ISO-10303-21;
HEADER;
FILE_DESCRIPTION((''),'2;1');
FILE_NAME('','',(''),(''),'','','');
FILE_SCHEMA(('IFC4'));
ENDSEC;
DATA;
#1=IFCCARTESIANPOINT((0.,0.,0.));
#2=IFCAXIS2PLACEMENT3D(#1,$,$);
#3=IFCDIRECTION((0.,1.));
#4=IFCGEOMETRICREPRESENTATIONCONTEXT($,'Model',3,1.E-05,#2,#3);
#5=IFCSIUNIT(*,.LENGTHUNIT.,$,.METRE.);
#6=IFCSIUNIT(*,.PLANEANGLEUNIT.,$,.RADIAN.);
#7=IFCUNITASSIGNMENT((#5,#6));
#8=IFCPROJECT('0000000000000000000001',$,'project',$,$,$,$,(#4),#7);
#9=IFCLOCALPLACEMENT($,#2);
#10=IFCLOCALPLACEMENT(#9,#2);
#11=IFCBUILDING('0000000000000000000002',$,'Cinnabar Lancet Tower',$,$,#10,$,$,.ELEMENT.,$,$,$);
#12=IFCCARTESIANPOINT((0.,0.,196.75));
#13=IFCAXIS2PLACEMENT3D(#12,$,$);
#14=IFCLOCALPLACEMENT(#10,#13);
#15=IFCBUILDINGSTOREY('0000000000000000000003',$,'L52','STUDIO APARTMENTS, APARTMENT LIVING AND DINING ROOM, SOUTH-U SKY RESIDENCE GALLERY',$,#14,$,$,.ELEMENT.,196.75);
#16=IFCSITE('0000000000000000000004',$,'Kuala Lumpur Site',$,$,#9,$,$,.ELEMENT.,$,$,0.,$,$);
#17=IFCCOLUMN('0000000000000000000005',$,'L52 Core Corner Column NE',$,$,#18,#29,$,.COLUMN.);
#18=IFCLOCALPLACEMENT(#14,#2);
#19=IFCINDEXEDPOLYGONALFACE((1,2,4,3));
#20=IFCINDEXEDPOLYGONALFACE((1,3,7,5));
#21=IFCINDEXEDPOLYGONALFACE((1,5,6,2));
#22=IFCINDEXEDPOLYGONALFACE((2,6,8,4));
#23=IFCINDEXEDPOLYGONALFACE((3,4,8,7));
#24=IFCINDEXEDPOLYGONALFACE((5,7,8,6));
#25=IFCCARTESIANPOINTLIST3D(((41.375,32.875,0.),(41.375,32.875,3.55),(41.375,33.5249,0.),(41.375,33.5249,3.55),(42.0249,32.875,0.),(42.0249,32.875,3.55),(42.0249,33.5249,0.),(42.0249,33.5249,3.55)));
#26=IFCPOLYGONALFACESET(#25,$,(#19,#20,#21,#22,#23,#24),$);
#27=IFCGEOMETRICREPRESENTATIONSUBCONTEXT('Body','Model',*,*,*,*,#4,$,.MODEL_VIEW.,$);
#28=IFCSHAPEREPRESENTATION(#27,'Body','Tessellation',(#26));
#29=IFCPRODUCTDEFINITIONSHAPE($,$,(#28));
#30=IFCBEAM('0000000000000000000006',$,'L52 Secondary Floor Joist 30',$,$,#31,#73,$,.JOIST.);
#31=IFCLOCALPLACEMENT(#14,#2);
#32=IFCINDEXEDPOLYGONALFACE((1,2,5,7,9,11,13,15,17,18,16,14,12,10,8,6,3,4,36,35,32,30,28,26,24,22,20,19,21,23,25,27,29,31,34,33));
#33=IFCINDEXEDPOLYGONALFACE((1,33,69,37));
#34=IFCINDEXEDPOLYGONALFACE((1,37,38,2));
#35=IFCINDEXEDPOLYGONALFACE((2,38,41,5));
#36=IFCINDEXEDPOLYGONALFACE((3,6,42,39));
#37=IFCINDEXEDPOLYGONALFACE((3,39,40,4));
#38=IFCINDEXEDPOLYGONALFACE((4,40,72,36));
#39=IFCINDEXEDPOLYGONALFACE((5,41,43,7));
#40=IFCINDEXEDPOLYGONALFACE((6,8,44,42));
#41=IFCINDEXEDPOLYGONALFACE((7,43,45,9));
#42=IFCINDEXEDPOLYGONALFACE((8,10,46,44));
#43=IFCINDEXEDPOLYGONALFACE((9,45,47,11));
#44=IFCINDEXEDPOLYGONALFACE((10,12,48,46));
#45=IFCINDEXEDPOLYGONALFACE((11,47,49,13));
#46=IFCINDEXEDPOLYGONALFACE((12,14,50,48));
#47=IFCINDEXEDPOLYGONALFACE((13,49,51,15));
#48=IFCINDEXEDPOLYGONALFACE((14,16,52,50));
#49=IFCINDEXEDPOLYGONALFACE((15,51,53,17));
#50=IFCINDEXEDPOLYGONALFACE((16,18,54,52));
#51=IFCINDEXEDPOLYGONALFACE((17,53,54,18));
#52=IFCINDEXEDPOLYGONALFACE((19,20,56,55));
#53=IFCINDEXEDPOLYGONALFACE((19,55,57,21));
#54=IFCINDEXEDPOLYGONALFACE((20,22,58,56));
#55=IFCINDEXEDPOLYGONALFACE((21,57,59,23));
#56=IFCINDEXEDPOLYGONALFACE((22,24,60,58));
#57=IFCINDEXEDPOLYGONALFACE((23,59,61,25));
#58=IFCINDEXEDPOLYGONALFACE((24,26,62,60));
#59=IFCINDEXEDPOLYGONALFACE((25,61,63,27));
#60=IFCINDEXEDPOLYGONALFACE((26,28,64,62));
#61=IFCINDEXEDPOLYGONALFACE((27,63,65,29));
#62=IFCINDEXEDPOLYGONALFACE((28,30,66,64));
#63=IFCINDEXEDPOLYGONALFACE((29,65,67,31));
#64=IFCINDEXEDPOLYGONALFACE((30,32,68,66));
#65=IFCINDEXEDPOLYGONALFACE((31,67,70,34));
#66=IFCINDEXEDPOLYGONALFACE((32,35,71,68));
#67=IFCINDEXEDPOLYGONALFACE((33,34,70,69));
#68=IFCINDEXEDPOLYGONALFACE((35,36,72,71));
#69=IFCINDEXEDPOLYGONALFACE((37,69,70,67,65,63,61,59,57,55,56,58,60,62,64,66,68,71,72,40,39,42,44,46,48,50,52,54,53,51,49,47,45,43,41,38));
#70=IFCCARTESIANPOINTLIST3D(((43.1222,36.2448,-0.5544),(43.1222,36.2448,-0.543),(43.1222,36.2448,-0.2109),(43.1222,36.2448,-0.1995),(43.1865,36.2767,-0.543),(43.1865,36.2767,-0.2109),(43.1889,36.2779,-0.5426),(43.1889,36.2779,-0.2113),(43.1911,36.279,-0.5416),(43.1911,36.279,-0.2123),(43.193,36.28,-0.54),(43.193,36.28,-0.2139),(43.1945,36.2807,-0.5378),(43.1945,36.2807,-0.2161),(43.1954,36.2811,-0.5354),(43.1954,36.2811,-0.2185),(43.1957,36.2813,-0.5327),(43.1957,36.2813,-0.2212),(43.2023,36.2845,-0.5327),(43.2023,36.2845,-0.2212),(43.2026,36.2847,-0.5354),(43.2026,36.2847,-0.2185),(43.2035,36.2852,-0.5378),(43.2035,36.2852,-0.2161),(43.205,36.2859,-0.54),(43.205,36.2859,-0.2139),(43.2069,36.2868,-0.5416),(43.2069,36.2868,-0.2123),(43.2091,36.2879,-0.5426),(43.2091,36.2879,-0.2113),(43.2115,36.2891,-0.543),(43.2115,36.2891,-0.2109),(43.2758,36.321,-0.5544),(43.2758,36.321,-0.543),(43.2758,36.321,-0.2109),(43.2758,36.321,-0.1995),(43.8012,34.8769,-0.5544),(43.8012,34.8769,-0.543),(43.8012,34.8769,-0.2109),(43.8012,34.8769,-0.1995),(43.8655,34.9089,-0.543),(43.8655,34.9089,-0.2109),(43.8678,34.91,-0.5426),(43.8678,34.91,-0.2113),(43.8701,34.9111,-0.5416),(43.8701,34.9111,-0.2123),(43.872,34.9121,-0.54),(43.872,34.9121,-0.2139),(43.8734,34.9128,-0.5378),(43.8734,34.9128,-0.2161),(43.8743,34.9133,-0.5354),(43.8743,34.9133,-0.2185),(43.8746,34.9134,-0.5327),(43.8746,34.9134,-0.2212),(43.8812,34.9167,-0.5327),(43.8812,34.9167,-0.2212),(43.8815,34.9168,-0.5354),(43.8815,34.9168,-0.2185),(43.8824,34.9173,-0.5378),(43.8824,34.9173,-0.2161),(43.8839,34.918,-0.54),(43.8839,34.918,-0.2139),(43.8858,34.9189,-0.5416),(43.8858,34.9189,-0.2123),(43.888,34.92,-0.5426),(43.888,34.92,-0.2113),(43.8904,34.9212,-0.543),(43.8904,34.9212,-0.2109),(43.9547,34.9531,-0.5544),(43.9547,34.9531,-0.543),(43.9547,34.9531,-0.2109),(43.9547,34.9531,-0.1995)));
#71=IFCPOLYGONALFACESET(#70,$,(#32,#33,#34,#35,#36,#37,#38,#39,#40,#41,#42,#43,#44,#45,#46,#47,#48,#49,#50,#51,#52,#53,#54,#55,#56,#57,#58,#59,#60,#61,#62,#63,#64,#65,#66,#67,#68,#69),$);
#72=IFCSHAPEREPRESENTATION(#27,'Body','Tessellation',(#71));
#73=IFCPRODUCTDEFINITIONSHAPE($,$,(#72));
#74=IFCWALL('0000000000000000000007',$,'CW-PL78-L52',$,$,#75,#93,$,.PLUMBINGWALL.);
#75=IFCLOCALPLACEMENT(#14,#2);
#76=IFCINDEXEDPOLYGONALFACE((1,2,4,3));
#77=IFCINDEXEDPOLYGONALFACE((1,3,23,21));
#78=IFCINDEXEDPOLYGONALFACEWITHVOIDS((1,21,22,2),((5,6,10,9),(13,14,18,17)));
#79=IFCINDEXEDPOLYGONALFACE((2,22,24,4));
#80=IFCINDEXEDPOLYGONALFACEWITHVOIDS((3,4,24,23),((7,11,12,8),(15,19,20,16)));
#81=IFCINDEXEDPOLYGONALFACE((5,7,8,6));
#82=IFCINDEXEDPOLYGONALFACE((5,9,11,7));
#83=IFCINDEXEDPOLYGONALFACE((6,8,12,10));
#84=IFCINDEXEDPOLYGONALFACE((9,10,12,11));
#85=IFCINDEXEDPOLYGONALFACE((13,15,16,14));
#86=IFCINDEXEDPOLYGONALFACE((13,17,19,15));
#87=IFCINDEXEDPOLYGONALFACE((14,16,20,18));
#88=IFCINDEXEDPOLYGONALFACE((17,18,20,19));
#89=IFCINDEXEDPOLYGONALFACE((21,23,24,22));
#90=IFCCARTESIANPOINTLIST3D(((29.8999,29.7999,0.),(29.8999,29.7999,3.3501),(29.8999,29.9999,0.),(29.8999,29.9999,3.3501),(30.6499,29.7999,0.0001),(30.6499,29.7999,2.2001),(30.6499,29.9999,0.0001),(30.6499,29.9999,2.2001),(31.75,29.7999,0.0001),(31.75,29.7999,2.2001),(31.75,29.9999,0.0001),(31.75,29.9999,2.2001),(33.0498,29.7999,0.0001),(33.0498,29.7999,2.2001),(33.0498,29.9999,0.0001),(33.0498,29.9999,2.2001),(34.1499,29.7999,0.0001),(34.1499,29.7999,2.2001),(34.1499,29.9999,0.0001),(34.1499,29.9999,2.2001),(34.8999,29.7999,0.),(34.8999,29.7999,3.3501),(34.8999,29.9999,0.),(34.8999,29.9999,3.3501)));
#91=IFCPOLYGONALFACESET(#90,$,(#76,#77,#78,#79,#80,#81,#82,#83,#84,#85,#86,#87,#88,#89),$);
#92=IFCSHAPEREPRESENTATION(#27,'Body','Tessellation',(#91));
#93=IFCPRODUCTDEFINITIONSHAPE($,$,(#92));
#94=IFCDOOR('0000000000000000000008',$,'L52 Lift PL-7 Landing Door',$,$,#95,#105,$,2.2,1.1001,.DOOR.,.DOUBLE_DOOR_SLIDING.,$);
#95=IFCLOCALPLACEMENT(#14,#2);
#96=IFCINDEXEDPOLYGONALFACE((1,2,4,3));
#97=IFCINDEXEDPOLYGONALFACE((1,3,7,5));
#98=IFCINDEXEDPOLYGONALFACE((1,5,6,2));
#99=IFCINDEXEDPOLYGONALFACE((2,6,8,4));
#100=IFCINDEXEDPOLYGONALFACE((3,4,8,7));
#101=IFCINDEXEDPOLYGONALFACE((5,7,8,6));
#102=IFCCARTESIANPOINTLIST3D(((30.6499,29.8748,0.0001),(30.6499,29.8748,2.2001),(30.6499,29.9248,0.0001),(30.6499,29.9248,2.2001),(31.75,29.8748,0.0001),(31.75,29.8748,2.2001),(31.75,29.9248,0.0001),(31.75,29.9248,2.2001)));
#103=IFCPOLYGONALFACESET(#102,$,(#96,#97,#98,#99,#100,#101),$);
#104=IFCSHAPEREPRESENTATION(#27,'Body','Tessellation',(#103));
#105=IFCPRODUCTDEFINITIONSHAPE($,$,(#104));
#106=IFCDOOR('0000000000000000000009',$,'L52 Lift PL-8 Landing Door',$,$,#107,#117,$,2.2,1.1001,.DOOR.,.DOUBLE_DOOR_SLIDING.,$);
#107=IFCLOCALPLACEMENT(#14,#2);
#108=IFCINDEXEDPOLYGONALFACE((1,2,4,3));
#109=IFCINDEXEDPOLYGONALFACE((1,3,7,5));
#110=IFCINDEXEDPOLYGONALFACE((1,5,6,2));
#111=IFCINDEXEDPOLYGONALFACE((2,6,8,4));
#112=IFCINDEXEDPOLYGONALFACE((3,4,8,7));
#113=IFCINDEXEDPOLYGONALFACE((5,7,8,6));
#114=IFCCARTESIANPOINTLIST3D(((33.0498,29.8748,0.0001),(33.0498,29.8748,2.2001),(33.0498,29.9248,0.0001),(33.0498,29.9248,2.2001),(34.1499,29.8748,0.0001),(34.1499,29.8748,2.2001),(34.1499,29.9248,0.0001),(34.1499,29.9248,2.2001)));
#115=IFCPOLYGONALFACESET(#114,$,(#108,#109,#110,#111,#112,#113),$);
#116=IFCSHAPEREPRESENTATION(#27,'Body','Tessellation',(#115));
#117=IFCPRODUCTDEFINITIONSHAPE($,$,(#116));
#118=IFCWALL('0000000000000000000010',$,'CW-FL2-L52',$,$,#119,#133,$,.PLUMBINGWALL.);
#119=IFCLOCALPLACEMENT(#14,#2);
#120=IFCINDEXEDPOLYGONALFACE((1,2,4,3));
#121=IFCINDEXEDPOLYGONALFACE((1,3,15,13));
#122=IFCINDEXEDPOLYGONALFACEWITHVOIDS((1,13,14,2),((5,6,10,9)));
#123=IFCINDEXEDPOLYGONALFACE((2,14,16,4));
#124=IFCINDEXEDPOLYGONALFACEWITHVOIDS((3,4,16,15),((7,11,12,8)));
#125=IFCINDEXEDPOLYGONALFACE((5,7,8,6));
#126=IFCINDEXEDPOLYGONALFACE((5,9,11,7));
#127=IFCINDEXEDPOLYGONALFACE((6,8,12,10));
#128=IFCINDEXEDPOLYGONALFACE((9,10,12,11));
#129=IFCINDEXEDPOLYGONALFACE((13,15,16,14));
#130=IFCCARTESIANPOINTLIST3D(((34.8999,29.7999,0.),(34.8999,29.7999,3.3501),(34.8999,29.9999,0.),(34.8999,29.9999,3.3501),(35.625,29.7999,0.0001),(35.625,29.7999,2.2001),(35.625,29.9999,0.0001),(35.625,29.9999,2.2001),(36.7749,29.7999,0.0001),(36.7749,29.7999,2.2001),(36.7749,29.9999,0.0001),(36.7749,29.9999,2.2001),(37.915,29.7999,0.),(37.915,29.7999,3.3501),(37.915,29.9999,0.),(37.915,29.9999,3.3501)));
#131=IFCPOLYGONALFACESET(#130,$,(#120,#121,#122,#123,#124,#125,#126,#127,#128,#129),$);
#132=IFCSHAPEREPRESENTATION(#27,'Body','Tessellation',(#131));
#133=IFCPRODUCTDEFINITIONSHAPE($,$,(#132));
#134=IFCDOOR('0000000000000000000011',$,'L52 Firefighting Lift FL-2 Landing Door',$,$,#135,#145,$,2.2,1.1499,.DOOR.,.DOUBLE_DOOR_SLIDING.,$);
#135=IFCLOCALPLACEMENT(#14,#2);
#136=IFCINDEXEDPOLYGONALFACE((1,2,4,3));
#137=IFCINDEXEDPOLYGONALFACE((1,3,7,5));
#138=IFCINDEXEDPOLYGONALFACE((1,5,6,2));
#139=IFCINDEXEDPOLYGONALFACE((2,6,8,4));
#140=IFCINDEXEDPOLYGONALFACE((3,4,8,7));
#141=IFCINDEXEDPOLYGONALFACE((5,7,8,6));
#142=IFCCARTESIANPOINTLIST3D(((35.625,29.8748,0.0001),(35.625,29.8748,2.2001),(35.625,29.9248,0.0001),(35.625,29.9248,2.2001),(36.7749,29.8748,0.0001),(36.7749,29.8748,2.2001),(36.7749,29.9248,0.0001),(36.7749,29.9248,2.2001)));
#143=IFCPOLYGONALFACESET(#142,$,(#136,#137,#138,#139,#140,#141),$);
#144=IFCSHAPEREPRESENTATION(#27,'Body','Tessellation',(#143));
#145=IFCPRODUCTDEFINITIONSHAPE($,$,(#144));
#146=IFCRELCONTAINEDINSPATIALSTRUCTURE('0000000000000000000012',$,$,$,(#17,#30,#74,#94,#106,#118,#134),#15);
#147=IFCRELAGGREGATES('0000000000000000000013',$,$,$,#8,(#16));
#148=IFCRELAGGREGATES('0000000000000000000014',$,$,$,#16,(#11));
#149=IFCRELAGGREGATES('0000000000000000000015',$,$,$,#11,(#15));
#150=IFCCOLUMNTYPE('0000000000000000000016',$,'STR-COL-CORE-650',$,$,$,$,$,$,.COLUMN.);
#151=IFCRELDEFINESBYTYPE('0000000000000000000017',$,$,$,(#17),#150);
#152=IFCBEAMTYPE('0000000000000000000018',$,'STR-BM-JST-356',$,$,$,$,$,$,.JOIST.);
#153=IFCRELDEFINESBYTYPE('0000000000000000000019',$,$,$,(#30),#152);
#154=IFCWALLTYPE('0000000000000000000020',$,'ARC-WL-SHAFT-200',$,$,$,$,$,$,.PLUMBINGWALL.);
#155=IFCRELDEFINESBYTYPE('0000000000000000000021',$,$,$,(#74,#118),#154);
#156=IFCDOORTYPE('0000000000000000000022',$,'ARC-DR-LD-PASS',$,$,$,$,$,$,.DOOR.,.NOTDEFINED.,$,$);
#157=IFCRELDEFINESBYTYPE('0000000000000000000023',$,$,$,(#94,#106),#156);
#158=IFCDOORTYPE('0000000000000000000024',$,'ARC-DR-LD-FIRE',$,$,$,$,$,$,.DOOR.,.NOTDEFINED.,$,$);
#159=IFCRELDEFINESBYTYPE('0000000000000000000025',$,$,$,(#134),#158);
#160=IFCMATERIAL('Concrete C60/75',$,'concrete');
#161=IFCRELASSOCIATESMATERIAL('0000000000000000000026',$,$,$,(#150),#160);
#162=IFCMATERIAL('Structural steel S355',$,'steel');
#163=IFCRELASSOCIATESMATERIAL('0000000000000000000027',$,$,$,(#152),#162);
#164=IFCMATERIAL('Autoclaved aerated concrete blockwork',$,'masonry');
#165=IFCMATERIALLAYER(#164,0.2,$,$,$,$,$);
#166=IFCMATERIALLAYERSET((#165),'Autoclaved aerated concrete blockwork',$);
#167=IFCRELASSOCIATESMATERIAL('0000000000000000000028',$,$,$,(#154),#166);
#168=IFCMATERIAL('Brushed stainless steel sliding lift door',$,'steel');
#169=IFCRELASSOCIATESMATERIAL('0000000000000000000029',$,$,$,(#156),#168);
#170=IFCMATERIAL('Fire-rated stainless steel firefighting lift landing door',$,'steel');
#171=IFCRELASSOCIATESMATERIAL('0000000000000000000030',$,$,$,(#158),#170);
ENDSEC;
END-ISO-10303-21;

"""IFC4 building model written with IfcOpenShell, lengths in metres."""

from ifc_helpers import new_model, si_unit, direction, frame, frame_2d, origin, origin_2d, place, context, subcontext, project, spatial, rectangle, i_section, extrude, material, layer, layer_set, material_profile, profile_set, type_object, element, fill, save


model = new_model("IFC4")

# Units and contexts
model_context = context("Model", 3, precision=1e-05, world=origin(), true_north=direction((0.0, 1.0)))
body_context = subcontext(model_context, "Body", "Model", "MODEL_VIEW")
ifc_project = project(units=[si_unit("LENGTHUNIT", "METRE"), si_unit("PLANEANGLEUNIT", "RADIAN")], contexts=[model_context])

# Site, building, storey
site_placement = place(None, origin())
site = spatial("IfcSite", under=ifc_project, at=site_placement, Name="Kuala Lumpur Site", CompositionType="ELEMENT", RefElevation=0.0)
building_placement = place(site_placement, origin())
building = spatial("IfcBuilding", under=site, at=building_placement, Name="Cinnabar Lancet Tower", CompositionType="ELEMENT")
storey_placement = place(building_placement, frame((0.0, 0.0, 196.75)))
storey = spatial("IfcBuildingStorey", under=building, at=storey_placement, Name="L52", Description="STUDIO APARTMENTS, APARTMENT LIVING AND DINING ROOM, SOUTH-U SKY RESIDENCE GALLERY", CompositionType="ELEMENT", Elevation=196.75)

# Column
ifc_material_1 = material(Name="Concrete C60/75", Category="concrete")
ifc_material_profile_1 = material_profile(ifc_material_1, rectangle(XDim=0.6499, YDim=0.6499, at=origin_2d()), Name="RC-COL 650x650")
ifc_profile_set_1 = profile_set([ifc_material_profile_1], Name="Concrete C60/75")
column_type = type_object("IfcColumnType", Name="STR-COL-CORE-650", PredefinedType="COLUMN", material=ifc_profile_set_1)
column_placement = place(storey_placement, frame((41.7, 33.2, 0.0), z_axis=(0.0, 0.0, 1.0), x_axis=(1.0, 0.0, 0.0)))
element("IfcColumn", 1, at=column_placement, inside=storey, type_object=column_type, Name="L52 Core Corner Column NE", PredefinedType="COLUMN", context=body_context, shape_type="SweptSolid", body=[
    extrude(rectangle(XDim=0.6499, YDim=0.6499, at=origin_2d()), origin(), (0.0, 0.0, 1.0), 3.55),
])

# Beam
ifc_material_2 = material(Name="Structural steel S355", Category="steel")
ifc_material_profile_2 = material_profile(ifc_material_2, i_section(OverallWidth=0.1714, OverallDepth=0.355, WebThickness=0.0073, FlangeThickness=0.0115, FilletRadius=0.0103, at=origin_2d()), Name="UKB 356x171x51")
ifc_profile_set_2 = profile_set([ifc_material_profile_2], Name="Structural steel S355")
beam_type = type_object("IfcBeamType", Name="STR-BM-JST-356", PredefinedType="JOIST", material=ifc_profile_set_2)
beam_placement = place(storey_placement, frame((43.8779, 34.915, -0.377), z_axis=(-0.44459, 0.895734, 0.0), x_axis=(-0.895734, -0.44459, 0.0)))
element("IfcBeam", 2, at=beam_placement, inside=storey, type_object=beam_type, Name="L52 Secondary Floor Joist 30", PredefinedType="JOIST", context=body_context, shape_type="SweptSolid", body=[
    extrude(i_section(OverallWidth=0.1714, OverallDepth=0.355, WebThickness=0.0073, FlangeThickness=0.0115, FilletRadius=0.0103, at=origin_2d()), origin(), (0.0, 0.0, 1.0), 1.5271),
])

# Wall, openings, doors
ifc_material_3 = material(Name="Autoclaved aerated concrete blockwork", Category="masonry")
ifc_layer_1 = layer(ifc_material_3, 0.2)
ifc_layer_set_1 = layer_set([ifc_layer_1], Name="Autoclaved aerated concrete blockwork")
wall_type_1 = type_object("IfcWallType", Name="ARC-WL-SHAFT-200", PredefinedType="PLUMBINGWALL", material=ifc_layer_set_1)
wall_1_placement = place(storey_placement, frame((29.8999, 29.8999, 0.0), z_axis=(0.0, 0.0, 1.0), x_axis=(1.0, 0.0, 0.0)))
wall_1 = element("IfcWall", 3, at=wall_1_placement, inside=storey, type_object=wall_type_1, Name="CW-PL78-L52", PredefinedType="PLUMBINGWALL", context=body_context, shape_type="SweptSolid", body=[
    extrude(rectangle(XDim=5.0, YDim=0.2, at=frame_2d((2.5, 0.0))), origin(), (0.0, 0.0, 1.0), 3.3501),
])
opening_1_placement = place(wall_1_placement, frame((0.75, 0.0, 0.0)))
opening_1 = element("IfcOpeningElement", 4, at=opening_1_placement, cuts=wall_1, PredefinedType="OPENING", context=body_context, shape_type="SweptSolid", body=[
    extrude(rectangle(XDim=1.1001, YDim=2.2, at=frame_2d((0.55, 1.1001))), frame((0.0, 0.1099, 0.0), z_axis=(0.0, -1.0, 0.0), x_axis=(1.0, 0.0, 0.0)), (0.0, 0.0, 1.0), 0.22),
])
opening_2_placement = place(wall_1_placement, frame((3.1499, 0.0, 0.0)))
opening_2 = element("IfcOpeningElement", 5, at=opening_2_placement, cuts=wall_1, PredefinedType="OPENING", context=body_context, shape_type="SweptSolid", body=[
    extrude(rectangle(XDim=1.1001, YDim=2.2, at=frame_2d((0.55, 1.1001))), frame((0.0, 0.1099, 0.0), z_axis=(0.0, -1.0, 0.0), x_axis=(1.0, 0.0, 0.0)), (0.0, 0.0, 1.0), 0.22),
])
ifc_material_4 = material(Name="Brushed stainless steel sliding lift door", Category="steel")
door_type_1 = type_object("IfcDoorType", Name="ARC-DR-LD-PASS", OperationType="NOTDEFINED", PredefinedType="DOOR", material=ifc_material_4)
door_1_placement = place(opening_1_placement, origin())
door_1 = element("IfcDoor", 6, at=door_1_placement, inside=storey, type_object=door_type_1, Name="L52 Lift PL-7 Landing Door", OperationType="DOUBLE_DOOR_SLIDING", OverallHeight=2.2, OverallWidth=1.1001, PredefinedType="DOOR", context=body_context, shape_type="SweptSolid", body=[
    extrude(rectangle(XDim=1.1001, YDim=2.2, at=frame_2d((0.55, 1.1001))), frame((0.0, 0.0249, 0.0), z_axis=(0.0, -1.0, 0.0), x_axis=(1.0, 0.0, 0.0)), (0.0, 0.0, 1.0), 0.05),
])
fill(opening_1, door_1)
door_2_placement = place(opening_2_placement, origin())
door_2 = element("IfcDoor", 7, at=door_2_placement, inside=storey, type_object=door_type_1, Name="L52 Lift PL-8 Landing Door", OperationType="DOUBLE_DOOR_SLIDING", OverallHeight=2.2, OverallWidth=1.1001, PredefinedType="DOOR", context=body_context, shape_type="SweptSolid", body=[
    extrude(rectangle(XDim=1.1001, YDim=2.2, at=frame_2d((0.55, 1.1001))), frame((0.0, 0.0249, 0.0), z_axis=(0.0, -1.0, 0.0), x_axis=(1.0, 0.0, 0.0)), (0.0, 0.0, 1.0), 0.05),
])
fill(opening_2, door_2)

# Wall, opening, door
wall_2_placement = place(storey_placement, frame((34.8999, 29.8999, 0.0), z_axis=(0.0, 0.0, 1.0), x_axis=(1.0, 0.0, 0.0)))
wall_2 = element("IfcWall", 8, at=wall_2_placement, inside=storey, type_object=wall_type_1, Name="CW-FL2-L52", PredefinedType="PLUMBINGWALL", context=body_context, shape_type="SweptSolid", body=[
    extrude(rectangle(XDim=3.0151, YDim=0.2, at=frame_2d((1.5076, 0.0))), origin(), (0.0, 0.0, 1.0), 3.3501),
])
opening_3_placement = place(wall_2_placement, frame((0.7251, 0.0, 0.0)))
opening_3 = element("IfcOpeningElement", 9, at=opening_3_placement, cuts=wall_2, PredefinedType="OPENING", context=body_context, shape_type="SweptSolid", body=[
    extrude(rectangle(XDim=1.1499, YDim=2.2, at=frame_2d((0.575, 1.1001))), frame((0.0, 0.1099, 0.0), z_axis=(0.0, -1.0, 0.0), x_axis=(1.0, 0.0, 0.0)), (0.0, 0.0, 1.0), 0.22),
])
ifc_material_5 = material(Name="Fire-rated stainless steel firefighting lift landing door", Category="steel")
door_type_2 = type_object("IfcDoorType", Name="ARC-DR-LD-FIRE", OperationType="NOTDEFINED", PredefinedType="DOOR", material=ifc_material_5)
door_3_placement = place(opening_3_placement, origin())
door_3 = element("IfcDoor", 10, at=door_3_placement, inside=storey, type_object=door_type_2, Name="L52 Firefighting Lift FL-2 Landing Door", OperationType="DOUBLE_DOOR_SLIDING", OverallHeight=2.2, OverallWidth=1.1499, PredefinedType="DOOR", context=body_context, shape_type="SweptSolid", body=[
    extrude(rectangle(XDim=1.1499, YDim=2.2, at=frame_2d((0.575, 1.1001))), frame((0.0, 0.0249, 0.0), z_axis=(0.0, -1.0, 0.0), x_axis=(1.0, 0.0, 0.0)), (0.0, 0.0, 1.0), 0.05),
])
fill(opening_3, door_3)

save(model, "model.ifc")
